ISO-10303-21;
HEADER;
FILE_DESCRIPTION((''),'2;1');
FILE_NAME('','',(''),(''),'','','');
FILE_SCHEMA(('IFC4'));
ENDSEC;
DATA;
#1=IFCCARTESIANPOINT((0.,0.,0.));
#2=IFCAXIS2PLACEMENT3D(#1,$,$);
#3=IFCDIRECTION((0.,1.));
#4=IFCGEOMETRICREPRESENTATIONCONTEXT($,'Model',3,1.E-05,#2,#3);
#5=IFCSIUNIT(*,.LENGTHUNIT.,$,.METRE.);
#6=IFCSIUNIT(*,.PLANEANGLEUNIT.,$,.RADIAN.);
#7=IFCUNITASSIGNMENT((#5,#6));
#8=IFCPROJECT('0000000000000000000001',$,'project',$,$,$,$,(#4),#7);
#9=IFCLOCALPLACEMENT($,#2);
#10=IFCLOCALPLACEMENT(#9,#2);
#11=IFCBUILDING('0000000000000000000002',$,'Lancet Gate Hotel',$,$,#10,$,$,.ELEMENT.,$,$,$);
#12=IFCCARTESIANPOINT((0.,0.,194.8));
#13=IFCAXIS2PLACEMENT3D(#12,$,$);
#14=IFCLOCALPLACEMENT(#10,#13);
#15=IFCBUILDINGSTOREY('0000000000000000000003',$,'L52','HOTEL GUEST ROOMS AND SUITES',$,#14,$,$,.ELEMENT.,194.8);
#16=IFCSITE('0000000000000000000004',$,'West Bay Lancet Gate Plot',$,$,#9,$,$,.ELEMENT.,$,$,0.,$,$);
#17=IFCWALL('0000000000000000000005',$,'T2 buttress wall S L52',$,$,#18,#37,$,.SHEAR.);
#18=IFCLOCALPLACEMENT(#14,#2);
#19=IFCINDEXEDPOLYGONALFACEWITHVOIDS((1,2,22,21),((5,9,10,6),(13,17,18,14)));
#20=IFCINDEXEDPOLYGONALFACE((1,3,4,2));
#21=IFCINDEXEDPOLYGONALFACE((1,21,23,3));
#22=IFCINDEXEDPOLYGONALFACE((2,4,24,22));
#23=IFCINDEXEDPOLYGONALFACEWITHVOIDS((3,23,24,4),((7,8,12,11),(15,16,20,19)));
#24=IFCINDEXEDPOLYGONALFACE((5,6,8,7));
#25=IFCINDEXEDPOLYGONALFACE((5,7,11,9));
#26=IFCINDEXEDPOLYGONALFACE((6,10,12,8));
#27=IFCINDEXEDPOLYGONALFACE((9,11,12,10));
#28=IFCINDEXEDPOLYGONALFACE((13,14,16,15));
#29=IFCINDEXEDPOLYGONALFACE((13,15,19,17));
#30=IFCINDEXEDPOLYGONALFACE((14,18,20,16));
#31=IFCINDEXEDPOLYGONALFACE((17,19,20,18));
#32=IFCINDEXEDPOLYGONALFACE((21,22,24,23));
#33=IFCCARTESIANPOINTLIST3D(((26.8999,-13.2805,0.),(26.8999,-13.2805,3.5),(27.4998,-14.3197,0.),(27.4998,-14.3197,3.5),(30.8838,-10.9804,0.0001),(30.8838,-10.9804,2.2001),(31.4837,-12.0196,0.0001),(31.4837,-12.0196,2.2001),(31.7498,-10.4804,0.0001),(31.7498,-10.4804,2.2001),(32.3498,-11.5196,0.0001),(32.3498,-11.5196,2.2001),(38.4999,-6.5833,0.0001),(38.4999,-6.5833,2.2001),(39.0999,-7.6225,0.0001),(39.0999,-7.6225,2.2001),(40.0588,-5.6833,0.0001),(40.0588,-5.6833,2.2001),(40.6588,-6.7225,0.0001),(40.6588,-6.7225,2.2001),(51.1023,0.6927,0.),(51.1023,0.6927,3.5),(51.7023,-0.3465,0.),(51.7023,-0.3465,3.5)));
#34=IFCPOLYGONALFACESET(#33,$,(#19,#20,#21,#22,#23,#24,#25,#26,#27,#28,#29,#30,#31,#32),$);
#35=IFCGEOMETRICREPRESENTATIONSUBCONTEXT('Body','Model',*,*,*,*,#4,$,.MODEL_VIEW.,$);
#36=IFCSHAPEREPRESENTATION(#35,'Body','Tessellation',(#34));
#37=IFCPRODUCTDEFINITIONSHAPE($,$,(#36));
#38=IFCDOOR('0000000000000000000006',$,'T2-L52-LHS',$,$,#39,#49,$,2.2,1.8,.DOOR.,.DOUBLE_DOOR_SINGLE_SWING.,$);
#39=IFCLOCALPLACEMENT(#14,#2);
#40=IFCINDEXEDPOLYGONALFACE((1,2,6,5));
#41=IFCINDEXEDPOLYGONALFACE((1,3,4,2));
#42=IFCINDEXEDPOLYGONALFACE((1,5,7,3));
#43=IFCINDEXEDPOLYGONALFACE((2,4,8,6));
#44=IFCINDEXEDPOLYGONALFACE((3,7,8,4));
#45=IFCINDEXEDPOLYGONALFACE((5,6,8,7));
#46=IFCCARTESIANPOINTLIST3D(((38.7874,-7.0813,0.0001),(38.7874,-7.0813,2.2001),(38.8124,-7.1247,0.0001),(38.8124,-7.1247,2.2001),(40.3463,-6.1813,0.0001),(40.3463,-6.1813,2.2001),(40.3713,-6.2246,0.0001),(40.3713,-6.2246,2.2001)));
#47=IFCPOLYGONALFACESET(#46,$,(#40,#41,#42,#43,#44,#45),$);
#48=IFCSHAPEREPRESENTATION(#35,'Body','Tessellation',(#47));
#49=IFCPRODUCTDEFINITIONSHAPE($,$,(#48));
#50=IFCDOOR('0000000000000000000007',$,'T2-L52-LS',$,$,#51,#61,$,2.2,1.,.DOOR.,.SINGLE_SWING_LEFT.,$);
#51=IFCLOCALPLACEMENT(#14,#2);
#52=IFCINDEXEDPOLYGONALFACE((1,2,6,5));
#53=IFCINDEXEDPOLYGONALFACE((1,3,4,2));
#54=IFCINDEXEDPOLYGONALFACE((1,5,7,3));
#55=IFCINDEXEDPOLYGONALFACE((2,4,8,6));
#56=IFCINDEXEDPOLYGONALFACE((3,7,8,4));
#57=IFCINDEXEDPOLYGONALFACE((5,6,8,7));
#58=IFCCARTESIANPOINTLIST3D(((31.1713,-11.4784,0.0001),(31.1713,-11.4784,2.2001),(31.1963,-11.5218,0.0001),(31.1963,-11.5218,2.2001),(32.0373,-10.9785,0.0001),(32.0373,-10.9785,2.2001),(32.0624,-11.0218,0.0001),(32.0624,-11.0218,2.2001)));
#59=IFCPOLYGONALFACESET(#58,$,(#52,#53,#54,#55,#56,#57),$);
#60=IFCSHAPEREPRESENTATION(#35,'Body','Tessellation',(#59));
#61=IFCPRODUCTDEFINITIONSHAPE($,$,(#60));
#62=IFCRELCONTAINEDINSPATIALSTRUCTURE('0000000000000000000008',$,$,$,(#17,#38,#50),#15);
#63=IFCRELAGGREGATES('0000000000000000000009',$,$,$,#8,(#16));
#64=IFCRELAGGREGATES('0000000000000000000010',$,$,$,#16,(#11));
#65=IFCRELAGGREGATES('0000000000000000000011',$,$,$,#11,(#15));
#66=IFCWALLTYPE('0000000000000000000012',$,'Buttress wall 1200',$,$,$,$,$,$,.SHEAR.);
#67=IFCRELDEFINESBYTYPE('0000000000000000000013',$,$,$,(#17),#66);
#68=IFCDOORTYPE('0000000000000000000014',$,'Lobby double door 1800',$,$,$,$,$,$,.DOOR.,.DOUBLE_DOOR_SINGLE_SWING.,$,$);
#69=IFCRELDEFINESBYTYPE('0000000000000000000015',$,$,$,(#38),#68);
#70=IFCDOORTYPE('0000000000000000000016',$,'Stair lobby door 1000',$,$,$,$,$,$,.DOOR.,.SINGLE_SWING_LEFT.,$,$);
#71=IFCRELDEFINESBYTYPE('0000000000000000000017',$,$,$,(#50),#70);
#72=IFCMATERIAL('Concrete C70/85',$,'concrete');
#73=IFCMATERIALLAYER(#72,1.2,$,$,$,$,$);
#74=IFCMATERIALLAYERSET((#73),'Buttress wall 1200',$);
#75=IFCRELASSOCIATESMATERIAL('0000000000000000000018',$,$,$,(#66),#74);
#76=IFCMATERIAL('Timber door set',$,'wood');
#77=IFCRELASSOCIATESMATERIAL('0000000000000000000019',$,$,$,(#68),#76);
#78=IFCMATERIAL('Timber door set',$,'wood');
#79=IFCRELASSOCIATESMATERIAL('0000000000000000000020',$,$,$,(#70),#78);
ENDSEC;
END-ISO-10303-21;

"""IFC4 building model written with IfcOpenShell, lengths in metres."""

from ifc_helpers import new_model, si_unit, direction, frame, frame_2d, origin, place, context, subcontext, project, spatial, rectangle, extrude, material, layer, layer_set, type_object, element, fill, save


model = new_model("IFC4")

# Units and contexts
model_context = context("Model", 3, precision=1e-05, world=origin(), true_north=direction((0.0, 1.0)))
body_context = subcontext(model_context, "Body", "Model", "MODEL_VIEW")
ifc_project = project(units=[si_unit("LENGTHUNIT", "METRE"), si_unit("PLANEANGLEUNIT", "RADIAN")], contexts=[model_context])

# Site, building, storey
site_placement = place(None, origin())
site = spatial("IfcSite", under=ifc_project, at=site_placement, Name="West Bay Lancet Gate Plot", CompositionType="ELEMENT", RefElevation=0.0)
building_placement = place(site_placement, origin())
building = spatial("IfcBuilding", under=site, at=building_placement, Name="Lancet Gate Hotel", CompositionType="ELEMENT")
storey_placement = place(building_placement, frame((0.0, 0.0, 194.8)))
storey = spatial("IfcBuildingStorey", under=building, at=storey_placement, Name="L52", Description="HOTEL GUEST ROOMS AND SUITES", CompositionType="ELEMENT", Elevation=194.8)

# Wall, openings, doors
ifc_material_1 = material(Name="Concrete C70/85", Category="concrete")
ifc_layer_1 = layer(ifc_material_1, 1.2)
ifc_layer_set_1 = layer_set([ifc_layer_1], Name="Buttress wall 1200")
wall_type = type_object("IfcWallType", Name="Buttress wall 1200", PredefinedType="SHEAR", material=ifc_layer_set_1)
wall_placement = place(storey_placement, frame((27.2, -13.8, 0.0), z_axis=(0.0, 0.0, 1.0), x_axis=(0.866027, 0.499997, 0.0)))
wall = element("IfcWall", 1, at=wall_placement, inside=storey, type_object=wall_type, Name="T2 buttress wall S L52", PredefinedType="SHEAR", context=body_context, shape_type="SweptSolid", body=[
    extrude(rectangle(XDim=27.9465, YDim=1.2, at=frame_2d((13.9731, 0.0))), origin(), (0.0, 0.0, 1.0), 3.5),
])
opening_1_placement = place(wall_placement, frame((4.6001, 0.0, 0.0)))
opening_1 = element("IfcOpeningElement", 2, at=opening_1_placement, cuts=wall, PredefinedType="OPENING", context=body_context, shape_type="SweptSolid", body=[
    extrude(rectangle(XDim=1.0, YDim=2.2, at=frame_2d((0.5, 1.1001))), frame((0.0, 0.6099, 0.0), z_axis=(0.0, -1.0, 0.0), x_axis=(1.0, 0.0, 0.0)), (0.0, 0.0, 1.0), 1.22),
])
opening_2_placement = place(wall_placement, frame((13.3945, 0.0, 0.0)))
opening_2 = element("IfcOpeningElement", 3, at=opening_2_placement, cuts=wall, PredefinedType="OPENING", context=body_context, shape_type="SweptSolid", body=[
    extrude(rectangle(XDim=1.8, YDim=2.2, at=frame_2d((0.8999, 1.1001))), frame((0.0, 0.6099, 0.0), z_axis=(0.0, -1.0, 0.0), x_axis=(1.0, 0.0, 0.0)), (0.0, 0.0, 1.0), 1.22),
])
ifc_material_2 = material(Name="Timber door set", Category="wood")
door_type_1 = type_object("IfcDoorType", Name="Lobby double door 1800", OperationType="DOUBLE_DOOR_SINGLE_SWING", PredefinedType="DOOR", material=ifc_material_2)
door_1_placement = place(opening_2_placement, origin())
door_1 = element("IfcDoor", 4, at=door_1_placement, inside=storey, type_object=door_type_1, Name="T2-L52-LHS", OperationType="DOUBLE_DOOR_SINGLE_SWING", OverallHeight=2.2, OverallWidth=1.8, PredefinedType="DOOR", context=body_context, shape_type="SweptSolid", body=[
    extrude(rectangle(XDim=1.8, YDim=2.2, at=frame_2d((0.8999, 1.1001))), frame((0.0, 0.0249, 0.0), z_axis=(0.0, -1.0, 0.0), x_axis=(1.0, 0.0, 0.0)), (0.0, 0.0, 1.0), 0.05),
])
fill(opening_2, door_1)
ifc_material_3 = material(Name="Timber door set", Category="wood")
door_type_2 = type_object("IfcDoorType", Name="Stair lobby door 1000", OperationType="SINGLE_SWING_LEFT", PredefinedType="DOOR", material=ifc_material_3)
door_2_placement = place(opening_1_placement, origin())
door_2 = element("IfcDoor", 5, at=door_2_placement, inside=storey, type_object=door_type_2, Name="T2-L52-LS", OperationType="SINGLE_SWING_LEFT", OverallHeight=2.2, OverallWidth=1.0, PredefinedType="DOOR", context=body_context, shape_type="SweptSolid", body=[
    extrude(rectangle(XDim=1.0, YDim=2.2, at=frame_2d((0.5, 1.1001))), frame((0.0, 0.0249, 0.0), z_axis=(0.0, -1.0, 0.0), x_axis=(1.0, 0.0, 0.0)), (0.0, 0.0, 1.0), 0.05),
])
fill(opening_1, door_2)

save(model, "model.ifc")
